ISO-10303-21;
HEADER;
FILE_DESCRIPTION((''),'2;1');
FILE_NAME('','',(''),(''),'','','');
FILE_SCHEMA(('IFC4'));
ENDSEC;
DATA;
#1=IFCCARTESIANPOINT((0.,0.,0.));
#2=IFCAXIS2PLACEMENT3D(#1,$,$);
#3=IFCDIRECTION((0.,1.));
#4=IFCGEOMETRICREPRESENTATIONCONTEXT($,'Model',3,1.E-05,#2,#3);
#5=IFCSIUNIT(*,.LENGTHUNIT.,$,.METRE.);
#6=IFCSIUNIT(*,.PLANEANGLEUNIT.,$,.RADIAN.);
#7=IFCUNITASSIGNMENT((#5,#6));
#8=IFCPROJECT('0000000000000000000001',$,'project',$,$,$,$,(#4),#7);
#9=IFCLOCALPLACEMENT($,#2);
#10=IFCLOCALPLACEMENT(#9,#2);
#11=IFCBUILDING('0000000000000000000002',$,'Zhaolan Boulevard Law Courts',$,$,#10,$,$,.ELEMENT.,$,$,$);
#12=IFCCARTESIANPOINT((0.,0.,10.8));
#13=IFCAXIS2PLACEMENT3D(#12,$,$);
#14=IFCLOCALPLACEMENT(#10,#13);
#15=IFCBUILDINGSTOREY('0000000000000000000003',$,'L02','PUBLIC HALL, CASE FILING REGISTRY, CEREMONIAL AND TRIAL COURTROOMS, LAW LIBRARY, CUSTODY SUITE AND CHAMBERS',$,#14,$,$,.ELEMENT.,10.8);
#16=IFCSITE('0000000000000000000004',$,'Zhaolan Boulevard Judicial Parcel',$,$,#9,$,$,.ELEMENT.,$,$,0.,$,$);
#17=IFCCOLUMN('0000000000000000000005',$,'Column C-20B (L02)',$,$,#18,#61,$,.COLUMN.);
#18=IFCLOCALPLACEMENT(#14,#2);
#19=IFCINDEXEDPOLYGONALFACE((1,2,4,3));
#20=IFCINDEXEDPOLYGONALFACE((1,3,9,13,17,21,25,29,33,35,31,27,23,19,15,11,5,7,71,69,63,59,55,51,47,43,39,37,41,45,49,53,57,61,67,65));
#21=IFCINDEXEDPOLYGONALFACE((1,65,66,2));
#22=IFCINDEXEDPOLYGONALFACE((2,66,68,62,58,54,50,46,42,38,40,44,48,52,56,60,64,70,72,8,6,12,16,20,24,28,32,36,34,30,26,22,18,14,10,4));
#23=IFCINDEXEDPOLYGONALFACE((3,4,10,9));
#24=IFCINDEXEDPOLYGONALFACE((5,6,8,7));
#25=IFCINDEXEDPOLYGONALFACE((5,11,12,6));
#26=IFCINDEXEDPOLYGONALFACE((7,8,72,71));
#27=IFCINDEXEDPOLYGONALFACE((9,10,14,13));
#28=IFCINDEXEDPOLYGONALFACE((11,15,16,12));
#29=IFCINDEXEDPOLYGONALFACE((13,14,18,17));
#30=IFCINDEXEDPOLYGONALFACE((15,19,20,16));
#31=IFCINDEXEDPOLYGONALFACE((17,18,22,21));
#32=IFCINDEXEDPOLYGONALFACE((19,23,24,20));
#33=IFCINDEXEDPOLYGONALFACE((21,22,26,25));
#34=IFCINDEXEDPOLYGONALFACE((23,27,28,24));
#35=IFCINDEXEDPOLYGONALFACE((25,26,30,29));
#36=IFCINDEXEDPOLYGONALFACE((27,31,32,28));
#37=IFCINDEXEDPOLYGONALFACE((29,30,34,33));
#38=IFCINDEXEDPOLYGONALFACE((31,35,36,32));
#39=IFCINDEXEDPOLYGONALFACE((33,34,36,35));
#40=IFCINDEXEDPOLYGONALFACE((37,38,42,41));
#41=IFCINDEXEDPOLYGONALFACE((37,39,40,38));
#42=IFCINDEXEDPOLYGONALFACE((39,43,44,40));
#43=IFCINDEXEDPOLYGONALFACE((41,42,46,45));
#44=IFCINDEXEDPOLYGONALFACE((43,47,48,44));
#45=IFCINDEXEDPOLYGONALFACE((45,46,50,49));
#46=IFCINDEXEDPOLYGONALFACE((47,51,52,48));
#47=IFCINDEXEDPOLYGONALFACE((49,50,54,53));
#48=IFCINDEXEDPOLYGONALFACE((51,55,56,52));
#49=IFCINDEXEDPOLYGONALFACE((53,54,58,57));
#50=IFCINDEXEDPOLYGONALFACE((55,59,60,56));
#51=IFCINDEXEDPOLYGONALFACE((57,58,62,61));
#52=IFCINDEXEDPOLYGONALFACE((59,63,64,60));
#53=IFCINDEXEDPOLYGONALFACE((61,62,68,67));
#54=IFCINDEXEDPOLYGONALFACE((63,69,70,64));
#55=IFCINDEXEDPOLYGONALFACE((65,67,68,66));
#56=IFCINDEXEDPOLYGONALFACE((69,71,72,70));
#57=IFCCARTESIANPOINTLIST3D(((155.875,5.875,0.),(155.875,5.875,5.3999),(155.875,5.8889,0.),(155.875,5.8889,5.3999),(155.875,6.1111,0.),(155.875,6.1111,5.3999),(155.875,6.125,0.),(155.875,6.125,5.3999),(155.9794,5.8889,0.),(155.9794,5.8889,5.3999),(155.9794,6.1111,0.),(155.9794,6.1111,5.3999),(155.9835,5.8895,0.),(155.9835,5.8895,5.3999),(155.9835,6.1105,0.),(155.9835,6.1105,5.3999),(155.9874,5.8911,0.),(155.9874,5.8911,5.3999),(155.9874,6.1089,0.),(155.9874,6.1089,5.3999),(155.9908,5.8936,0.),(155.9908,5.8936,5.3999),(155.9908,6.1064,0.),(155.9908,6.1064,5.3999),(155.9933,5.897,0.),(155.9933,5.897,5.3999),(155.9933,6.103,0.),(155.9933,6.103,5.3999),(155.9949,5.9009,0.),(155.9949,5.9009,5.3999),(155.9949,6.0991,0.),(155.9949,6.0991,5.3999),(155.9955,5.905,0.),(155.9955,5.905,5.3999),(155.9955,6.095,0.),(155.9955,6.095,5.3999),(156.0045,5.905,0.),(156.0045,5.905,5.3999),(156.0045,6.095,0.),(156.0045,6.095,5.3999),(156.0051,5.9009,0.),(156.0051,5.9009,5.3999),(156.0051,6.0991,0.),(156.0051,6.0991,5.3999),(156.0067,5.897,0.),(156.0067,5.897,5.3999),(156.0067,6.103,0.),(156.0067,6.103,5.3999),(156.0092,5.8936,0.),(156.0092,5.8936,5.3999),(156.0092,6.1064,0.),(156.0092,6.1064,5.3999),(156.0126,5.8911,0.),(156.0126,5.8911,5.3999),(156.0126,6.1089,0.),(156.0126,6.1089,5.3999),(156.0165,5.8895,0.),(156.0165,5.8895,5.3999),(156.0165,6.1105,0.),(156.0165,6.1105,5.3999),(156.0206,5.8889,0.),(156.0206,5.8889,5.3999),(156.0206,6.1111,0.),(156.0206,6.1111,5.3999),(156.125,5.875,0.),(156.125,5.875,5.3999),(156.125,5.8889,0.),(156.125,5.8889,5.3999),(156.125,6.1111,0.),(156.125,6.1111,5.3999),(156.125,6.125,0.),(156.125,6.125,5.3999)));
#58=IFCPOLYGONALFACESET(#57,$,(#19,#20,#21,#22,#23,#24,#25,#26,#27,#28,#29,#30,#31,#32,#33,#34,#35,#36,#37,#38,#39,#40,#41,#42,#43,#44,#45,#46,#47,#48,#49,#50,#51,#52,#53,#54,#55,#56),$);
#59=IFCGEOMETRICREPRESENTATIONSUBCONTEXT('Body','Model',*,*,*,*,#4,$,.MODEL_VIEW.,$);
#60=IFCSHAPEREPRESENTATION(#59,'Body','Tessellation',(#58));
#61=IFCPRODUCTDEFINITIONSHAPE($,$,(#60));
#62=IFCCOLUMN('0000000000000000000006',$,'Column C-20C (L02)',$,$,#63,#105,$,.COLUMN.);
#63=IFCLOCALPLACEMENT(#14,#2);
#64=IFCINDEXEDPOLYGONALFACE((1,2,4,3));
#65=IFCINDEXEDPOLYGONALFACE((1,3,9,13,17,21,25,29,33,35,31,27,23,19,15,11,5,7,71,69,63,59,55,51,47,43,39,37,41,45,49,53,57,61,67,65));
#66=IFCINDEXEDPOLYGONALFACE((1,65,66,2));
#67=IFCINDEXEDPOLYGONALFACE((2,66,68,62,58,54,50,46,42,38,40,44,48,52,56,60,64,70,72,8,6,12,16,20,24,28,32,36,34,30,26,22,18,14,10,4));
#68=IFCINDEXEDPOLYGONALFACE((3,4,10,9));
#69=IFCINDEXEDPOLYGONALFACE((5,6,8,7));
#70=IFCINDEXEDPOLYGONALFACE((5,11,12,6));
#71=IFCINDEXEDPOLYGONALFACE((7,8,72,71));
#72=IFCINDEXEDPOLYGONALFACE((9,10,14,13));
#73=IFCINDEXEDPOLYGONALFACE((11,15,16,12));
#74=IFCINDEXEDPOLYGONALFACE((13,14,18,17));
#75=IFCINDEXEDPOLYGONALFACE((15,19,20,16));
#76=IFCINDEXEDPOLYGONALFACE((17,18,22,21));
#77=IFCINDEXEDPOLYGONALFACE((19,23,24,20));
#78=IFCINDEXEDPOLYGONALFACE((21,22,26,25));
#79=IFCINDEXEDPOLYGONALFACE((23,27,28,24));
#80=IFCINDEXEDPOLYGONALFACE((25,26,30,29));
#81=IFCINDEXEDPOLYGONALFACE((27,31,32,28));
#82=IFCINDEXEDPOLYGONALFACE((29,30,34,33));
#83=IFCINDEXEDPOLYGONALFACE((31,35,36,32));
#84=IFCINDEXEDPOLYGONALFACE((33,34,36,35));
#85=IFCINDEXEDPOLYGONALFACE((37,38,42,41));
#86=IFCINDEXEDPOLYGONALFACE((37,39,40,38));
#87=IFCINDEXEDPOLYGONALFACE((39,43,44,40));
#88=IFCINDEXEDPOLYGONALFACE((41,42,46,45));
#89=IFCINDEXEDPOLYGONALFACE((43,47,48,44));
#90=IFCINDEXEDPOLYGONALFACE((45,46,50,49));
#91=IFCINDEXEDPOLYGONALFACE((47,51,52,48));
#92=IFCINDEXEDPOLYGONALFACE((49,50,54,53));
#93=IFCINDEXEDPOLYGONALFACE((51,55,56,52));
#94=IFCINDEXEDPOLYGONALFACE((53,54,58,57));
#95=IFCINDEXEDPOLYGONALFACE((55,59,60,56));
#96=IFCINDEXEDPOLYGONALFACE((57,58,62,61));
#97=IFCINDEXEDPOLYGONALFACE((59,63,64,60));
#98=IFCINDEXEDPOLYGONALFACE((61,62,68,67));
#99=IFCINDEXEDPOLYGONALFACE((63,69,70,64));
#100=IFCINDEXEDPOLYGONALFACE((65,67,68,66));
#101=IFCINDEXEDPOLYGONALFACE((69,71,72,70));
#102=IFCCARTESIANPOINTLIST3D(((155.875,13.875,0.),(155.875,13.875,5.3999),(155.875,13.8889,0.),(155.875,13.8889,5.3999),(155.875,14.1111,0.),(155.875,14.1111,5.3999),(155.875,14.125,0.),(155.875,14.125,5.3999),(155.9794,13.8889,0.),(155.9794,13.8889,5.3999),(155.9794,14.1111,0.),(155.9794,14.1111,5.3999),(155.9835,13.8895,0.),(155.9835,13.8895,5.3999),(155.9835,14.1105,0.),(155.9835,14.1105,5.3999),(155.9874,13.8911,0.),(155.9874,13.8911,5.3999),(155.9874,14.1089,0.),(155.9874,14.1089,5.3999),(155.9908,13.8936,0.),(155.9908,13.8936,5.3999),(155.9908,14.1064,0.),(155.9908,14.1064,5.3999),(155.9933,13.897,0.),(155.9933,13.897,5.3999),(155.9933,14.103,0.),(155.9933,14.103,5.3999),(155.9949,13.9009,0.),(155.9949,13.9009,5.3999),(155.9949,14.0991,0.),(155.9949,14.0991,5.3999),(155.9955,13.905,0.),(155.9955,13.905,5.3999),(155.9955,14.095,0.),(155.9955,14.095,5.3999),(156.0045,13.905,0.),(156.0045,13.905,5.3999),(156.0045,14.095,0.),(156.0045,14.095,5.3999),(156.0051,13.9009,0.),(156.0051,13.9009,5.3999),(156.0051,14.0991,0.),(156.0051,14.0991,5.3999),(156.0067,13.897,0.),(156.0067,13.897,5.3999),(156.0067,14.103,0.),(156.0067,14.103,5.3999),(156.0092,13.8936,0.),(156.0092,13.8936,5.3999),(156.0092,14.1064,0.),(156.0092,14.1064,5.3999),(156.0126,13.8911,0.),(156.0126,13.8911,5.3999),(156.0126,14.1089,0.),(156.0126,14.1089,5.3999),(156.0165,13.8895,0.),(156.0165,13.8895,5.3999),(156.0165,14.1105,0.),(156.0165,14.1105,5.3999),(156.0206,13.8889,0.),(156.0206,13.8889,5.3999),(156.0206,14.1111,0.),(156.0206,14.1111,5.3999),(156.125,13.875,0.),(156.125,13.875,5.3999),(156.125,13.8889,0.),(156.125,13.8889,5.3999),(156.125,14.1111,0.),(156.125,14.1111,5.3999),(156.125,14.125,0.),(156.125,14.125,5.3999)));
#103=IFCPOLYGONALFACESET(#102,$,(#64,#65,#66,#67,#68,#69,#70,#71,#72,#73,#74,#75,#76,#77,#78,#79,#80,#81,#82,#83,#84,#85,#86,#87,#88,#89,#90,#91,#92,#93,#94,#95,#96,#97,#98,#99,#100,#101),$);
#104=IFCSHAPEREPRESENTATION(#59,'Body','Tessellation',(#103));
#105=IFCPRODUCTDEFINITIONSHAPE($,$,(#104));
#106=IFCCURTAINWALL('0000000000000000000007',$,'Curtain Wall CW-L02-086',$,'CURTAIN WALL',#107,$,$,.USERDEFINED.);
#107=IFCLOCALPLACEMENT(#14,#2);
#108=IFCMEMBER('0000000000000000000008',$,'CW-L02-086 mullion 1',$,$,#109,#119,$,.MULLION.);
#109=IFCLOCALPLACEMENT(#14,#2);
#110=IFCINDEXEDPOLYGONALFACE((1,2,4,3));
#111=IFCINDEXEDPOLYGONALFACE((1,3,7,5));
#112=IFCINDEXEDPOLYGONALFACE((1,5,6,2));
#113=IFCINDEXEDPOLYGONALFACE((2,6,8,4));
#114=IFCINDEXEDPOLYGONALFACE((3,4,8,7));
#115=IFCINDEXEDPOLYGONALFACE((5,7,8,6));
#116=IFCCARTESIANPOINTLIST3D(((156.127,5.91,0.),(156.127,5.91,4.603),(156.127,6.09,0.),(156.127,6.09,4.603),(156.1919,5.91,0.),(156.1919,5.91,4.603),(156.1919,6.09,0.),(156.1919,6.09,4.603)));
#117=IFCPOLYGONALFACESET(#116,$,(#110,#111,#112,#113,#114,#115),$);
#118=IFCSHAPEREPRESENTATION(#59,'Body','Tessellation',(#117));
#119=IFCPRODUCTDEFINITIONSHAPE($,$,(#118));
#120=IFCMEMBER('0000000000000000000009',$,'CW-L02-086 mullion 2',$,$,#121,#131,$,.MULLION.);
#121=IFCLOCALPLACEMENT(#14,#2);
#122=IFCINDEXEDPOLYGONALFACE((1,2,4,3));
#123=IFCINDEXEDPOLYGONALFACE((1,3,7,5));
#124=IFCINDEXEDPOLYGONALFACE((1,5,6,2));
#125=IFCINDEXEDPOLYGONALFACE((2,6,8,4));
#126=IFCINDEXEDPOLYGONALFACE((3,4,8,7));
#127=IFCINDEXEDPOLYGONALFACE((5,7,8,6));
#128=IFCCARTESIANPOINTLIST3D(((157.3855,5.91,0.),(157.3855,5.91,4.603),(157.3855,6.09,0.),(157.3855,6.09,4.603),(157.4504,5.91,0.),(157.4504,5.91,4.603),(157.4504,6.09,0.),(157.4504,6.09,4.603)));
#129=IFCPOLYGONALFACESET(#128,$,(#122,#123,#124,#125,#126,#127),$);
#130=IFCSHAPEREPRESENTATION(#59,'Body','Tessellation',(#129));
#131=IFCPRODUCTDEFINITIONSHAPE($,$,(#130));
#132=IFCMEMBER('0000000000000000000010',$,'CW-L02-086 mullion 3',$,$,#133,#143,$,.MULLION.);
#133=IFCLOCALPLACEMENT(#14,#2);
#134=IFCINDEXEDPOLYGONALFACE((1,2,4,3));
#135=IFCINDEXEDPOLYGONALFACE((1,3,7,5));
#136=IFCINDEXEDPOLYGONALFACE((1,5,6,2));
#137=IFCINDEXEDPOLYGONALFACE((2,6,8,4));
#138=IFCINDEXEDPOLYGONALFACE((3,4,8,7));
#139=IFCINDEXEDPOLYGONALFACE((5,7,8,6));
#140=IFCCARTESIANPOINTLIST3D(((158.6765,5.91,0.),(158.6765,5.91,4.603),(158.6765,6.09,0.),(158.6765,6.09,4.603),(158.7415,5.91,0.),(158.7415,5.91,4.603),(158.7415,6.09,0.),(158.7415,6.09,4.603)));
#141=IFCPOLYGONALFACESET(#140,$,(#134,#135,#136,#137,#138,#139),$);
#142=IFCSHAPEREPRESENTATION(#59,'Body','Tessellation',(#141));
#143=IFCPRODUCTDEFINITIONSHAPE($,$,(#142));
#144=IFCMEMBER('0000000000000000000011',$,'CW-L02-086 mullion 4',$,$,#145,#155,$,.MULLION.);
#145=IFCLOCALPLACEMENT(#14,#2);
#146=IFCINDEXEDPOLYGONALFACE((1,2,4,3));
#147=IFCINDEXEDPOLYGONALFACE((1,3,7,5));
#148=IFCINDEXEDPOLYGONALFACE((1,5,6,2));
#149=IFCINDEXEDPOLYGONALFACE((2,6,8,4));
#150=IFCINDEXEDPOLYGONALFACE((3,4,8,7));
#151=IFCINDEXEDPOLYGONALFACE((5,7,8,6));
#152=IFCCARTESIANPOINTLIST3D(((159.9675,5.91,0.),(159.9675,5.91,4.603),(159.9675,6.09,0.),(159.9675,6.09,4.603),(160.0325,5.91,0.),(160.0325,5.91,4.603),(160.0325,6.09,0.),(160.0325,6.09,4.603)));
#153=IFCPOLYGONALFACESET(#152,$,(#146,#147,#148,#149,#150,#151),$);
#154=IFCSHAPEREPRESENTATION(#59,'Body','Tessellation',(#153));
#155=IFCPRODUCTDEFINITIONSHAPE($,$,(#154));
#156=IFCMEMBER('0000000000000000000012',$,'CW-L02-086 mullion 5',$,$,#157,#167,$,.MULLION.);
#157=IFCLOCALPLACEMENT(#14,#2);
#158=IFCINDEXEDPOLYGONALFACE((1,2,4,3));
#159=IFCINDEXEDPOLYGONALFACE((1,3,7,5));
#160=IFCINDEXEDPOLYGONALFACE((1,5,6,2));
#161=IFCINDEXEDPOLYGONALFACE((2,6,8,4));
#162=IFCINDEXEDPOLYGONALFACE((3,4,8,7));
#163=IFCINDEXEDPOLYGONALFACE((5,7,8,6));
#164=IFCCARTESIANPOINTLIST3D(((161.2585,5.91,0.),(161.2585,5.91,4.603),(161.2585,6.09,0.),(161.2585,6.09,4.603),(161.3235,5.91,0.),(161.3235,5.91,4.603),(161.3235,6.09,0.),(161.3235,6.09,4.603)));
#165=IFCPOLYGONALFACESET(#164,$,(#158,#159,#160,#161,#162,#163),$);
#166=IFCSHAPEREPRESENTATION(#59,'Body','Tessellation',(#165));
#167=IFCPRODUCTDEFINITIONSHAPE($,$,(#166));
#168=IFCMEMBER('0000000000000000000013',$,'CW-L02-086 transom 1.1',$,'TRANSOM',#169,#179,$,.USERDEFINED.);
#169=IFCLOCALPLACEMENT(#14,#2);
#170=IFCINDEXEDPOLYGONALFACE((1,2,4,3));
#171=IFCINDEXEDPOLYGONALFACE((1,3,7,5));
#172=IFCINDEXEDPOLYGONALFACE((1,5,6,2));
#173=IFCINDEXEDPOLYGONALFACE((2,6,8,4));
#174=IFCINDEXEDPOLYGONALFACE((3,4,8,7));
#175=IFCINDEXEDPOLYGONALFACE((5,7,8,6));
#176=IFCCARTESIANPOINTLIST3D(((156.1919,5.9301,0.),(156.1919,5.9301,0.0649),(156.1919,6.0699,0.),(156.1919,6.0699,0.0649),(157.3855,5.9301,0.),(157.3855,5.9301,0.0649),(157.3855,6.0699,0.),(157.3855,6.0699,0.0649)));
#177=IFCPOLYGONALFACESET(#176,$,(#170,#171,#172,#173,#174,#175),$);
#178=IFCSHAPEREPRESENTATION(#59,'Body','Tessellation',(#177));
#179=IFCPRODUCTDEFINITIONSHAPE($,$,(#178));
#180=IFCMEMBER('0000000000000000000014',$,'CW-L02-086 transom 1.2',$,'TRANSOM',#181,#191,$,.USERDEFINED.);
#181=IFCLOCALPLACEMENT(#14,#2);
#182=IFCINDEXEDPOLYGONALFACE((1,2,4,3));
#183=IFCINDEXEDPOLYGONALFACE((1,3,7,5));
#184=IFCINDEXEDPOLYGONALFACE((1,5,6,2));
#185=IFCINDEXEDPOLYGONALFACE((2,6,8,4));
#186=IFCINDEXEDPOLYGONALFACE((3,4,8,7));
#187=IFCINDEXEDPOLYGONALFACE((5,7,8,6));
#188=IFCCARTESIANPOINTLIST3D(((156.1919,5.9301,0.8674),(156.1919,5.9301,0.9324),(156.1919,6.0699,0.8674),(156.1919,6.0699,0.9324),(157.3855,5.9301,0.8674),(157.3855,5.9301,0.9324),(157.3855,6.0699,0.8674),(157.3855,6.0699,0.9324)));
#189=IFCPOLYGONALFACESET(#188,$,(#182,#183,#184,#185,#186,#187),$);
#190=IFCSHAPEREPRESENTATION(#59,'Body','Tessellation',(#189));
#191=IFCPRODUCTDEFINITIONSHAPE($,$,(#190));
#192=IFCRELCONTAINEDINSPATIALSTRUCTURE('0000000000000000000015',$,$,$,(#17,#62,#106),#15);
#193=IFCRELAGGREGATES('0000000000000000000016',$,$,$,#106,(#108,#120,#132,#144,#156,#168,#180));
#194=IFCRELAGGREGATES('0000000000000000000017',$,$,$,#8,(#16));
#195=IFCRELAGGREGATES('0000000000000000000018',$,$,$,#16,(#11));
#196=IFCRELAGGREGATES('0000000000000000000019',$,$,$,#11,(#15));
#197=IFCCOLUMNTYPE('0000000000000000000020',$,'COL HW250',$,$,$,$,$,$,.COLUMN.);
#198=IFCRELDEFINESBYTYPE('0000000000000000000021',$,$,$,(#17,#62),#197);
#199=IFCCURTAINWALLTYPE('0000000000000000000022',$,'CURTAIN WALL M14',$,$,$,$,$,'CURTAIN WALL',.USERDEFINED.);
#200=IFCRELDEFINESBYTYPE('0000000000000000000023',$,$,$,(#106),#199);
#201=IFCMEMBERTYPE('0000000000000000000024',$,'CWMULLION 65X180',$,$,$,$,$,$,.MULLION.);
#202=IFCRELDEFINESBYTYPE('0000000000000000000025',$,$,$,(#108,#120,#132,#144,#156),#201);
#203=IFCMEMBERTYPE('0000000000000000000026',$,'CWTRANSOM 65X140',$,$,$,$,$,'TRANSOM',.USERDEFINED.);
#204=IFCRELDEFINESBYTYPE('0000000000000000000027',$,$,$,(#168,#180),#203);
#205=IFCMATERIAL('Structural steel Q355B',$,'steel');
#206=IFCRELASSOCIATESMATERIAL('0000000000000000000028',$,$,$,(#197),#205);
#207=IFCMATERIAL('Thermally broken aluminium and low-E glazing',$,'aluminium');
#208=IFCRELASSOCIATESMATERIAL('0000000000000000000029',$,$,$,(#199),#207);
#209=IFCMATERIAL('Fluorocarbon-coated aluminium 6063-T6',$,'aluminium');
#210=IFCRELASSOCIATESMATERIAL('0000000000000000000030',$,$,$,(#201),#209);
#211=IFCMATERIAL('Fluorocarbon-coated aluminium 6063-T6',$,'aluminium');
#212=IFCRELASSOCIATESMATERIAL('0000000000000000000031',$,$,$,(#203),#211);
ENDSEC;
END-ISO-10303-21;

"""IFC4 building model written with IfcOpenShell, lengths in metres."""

from ifc_helpers import new_model, si_unit, direction, frame, origin, origin_2d, place, context, subcontext, project, spatial, rectangle, i_section, extrude, material, material_profile, profile_set, type_object, element, aggregate, save


model = new_model("IFC4")

# Units and contexts
model_context = context("Model", 3, precision=1e-05, world=origin(), true_north=direction((0.0, 1.0)))
body_context = subcontext(model_context, "Body", "Model", "MODEL_VIEW")
ifc_project = project(units=[si_unit("LENGTHUNIT", "METRE"), si_unit("PLANEANGLEUNIT", "RADIAN")], contexts=[model_context])

# Site, building, storey
site_placement = place(None, origin())
site = spatial("IfcSite", under=ifc_project, at=site_placement, Name="Zhaolan Boulevard Judicial Parcel", CompositionType="ELEMENT", RefElevation=0.0)
building_placement = place(site_placement, origin())
building = spatial("IfcBuilding", under=site, at=building_placement, Name="Zhaolan Boulevard Law Courts", CompositionType="ELEMENT")
storey_placement = place(building_placement, frame((0.0, 0.0, 10.8)))
storey = spatial("IfcBuildingStorey", under=building, at=storey_placement, Name="L02", Description="PUBLIC HALL, CASE FILING REGISTRY, CEREMONIAL AND TRIAL COURTROOMS, LAW LIBRARY, CUSTODY SUITE AND CHAMBERS", CompositionType="ELEMENT", Elevation=10.8)

# Columns
ifc_material_1 = material(Name="Structural steel Q355B", Category="steel")
ifc_material_profile_1 = material_profile(ifc_material_1, i_section(OverallWidth=0.25, OverallDepth=0.25, WebThickness=0.009, FlangeThickness=0.0139, FilletRadius=0.0161, at=origin_2d()), Name="HW250x250")
ifc_profile_set_1 = profile_set([ifc_material_profile_1], Name="Structural steel Q355B")
column_type = type_object("IfcColumnType", Name="COL HW250", PredefinedType="COLUMN", material=ifc_profile_set_1)
for number, where, z_axis, x_axis, name in (
    (1, (156.0, 6.0, 0.0), (0.0, 0.0, 1.0), (1.0, 0.0, 0.0), "Column C-20B (L02)"),
    (2, (156.0, 14.0, 0.0), (0.0, 0.0, 1.0), (1.0, 0.0, 0.0), "Column C-20C (L02)"),
):
    element("IfcColumn", number, at=place(storey_placement, frame(where, z_axis=z_axis, x_axis=x_axis)), inside=storey, type_object=column_type, Name=name, PredefinedType="COLUMN", context=body_context, shape_type="SweptSolid", body=[
        extrude(i_section(OverallWidth=0.25, OverallDepth=0.25, WebThickness=0.009, FlangeThickness=0.0139, FilletRadius=0.0161, at=origin_2d()), origin(), (0.0, 0.0, 1.0), 5.3999),
    ])

# Curtain wall, members
ifc_material_2 = material(Name="Thermally broken aluminium and low-E glazing", Category="aluminium")
curtain_wall_type = type_object("IfcCurtainWallType", Name="CURTAIN WALL M14", ElementType="CURTAIN WALL", PredefinedType="USERDEFINED", material=ifc_material_2)
curtain_wall_placement = place(storey_placement, origin())
curtain_wall = element("IfcCurtainWall", 3, at=curtain_wall_placement, inside=storey, type_object=curtain_wall_type, Name="Curtain Wall CW-L02-086", ObjectType="CURTAIN WALL", PredefinedType="USERDEFINED")
ifc_material_3 = material(Name="Fluorocarbon-coated aluminium 6063-T6", Category="aluminium")
ifc_material_profile_2 = material_profile(ifc_material_3, rectangle(XDim=0.1799, YDim=0.0649, at=origin_2d()), Name="AL65x180")
ifc_profile_set_2 = profile_set([ifc_material_profile_2], Name="Fluorocarbon-coated aluminium 6063-T6")
member_type_1 = type_object("IfcMemberType", Name="CWMULLION 65X180", PredefinedType="MULLION", material=ifc_profile_set_2)
member_1_placement = place(storey_placement, frame((156.1594, 6.0, 0.0), z_axis=(0.0, 0.0, 1.0), x_axis=(0.0, 1.0, 0.0)))
member_1 = element("IfcMember", 4, at=member_1_placement, type_object=member_type_1, Name="CW-L02-086 mullion 1", PredefinedType="MULLION", context=body_context, shape_type="SweptSolid", body=[
    extrude(rectangle(XDim=0.1799, YDim=0.0649, at=origin_2d()), origin(), (0.0, 0.0, 1.0), 4.603),
])
member_2_placement = place(storey_placement, frame((157.418, 6.0, 0.0), z_axis=(0.0, 0.0, 1.0), x_axis=(0.0, 1.0, 0.0)))
member_2 = element("IfcMember", 5, at=member_2_placement, type_object=member_type_1, Name="CW-L02-086 mullion 2", PredefinedType="MULLION", context=body_context, shape_type="SweptSolid", body=[
    extrude(rectangle(XDim=0.1799, YDim=0.0649, at=origin_2d()), origin(), (0.0, 0.0, 1.0), 4.603),
])
member_3_placement = place(storey_placement, frame((158.709, 6.0, 0.0), z_axis=(0.0, 0.0, 1.0), x_axis=(0.0, 1.0, 0.0)))
member_3 = element("IfcMember", 6, at=member_3_placement, type_object=member_type_1, Name="CW-L02-086 mullion 3", PredefinedType="MULLION", context=body_context, shape_type="SweptSolid", body=[
    extrude(rectangle(XDim=0.1799, YDim=0.0649, at=origin_2d()), origin(), (0.0, 0.0, 1.0), 4.603),
])
member_4_placement = place(storey_placement, frame((160.0, 6.0, 0.0), z_axis=(0.0, 0.0, 1.0), x_axis=(0.0, 1.0, 0.0)))
member_4 = element("IfcMember", 7, at=member_4_placement, type_object=member_type_1, Name="CW-L02-086 mullion 4", PredefinedType="MULLION", context=body_context, shape_type="SweptSolid", body=[
    extrude(rectangle(XDim=0.1799, YDim=0.0649, at=origin_2d()), origin(), (0.0, 0.0, 1.0), 4.603),
])
member_5_placement = place(storey_placement, frame((161.291, 6.0, 0.0), z_axis=(0.0, 0.0, 1.0), x_axis=(0.0, 1.0, 0.0)))
member_5 = element("IfcMember", 8, at=member_5_placement, type_object=member_type_1, Name="CW-L02-086 mullion 5", PredefinedType="MULLION", context=body_context, shape_type="SweptSolid", body=[
    extrude(rectangle(XDim=0.1799, YDim=0.0649, at=origin_2d()), origin(), (0.0, 0.0, 1.0), 4.603),
])
ifc_material_4 = material(Name="Fluorocarbon-coated aluminium 6063-T6", Category="aluminium")
ifc_material_profile_3 = material_profile(ifc_material_4, rectangle(XDim=0.1399, YDim=0.0649, at=origin_2d()), Name="AL65x140")
ifc_profile_set_3 = profile_set([ifc_material_profile_3], Name="Fluorocarbon-coated aluminium 6063-T6")
member_type_2 = type_object("IfcMemberType", Name="CWTRANSOM 65X140", ElementType="TRANSOM", PredefinedType="USERDEFINED", material=ifc_profile_set_3)
member_6_placement = place(storey_placement, frame((156.1919, 6.0, 0.0325), z_axis=(1.0, 0.0, 0.0), x_axis=(0.0, 1.0, 0.0)))
member_6 = element("IfcMember", 9, at=member_6_placement, type_object=member_type_2, Name="CW-L02-086 transom 1.1", ObjectType="TRANSOM", PredefinedType="USERDEFINED", context=body_context, shape_type="SweptSolid", body=[
    extrude(rectangle(XDim=0.1399, YDim=0.0649, at=origin_2d()), origin(), (0.0, 0.0, 1.0), 1.1936),
])
member_7_placement = place(storey_placement, frame((156.1919, 6.0, 0.8999), z_axis=(1.0, 0.0, 0.0), x_axis=(0.0, 1.0, 0.0)))
member_7 = element("IfcMember", 10, at=member_7_placement, type_object=member_type_2, Name="CW-L02-086 transom 1.2", ObjectType="TRANSOM", PredefinedType="USERDEFINED", context=body_context, shape_type="SweptSolid", body=[
    extrude(rectangle(XDim=0.1399, YDim=0.0649, at=origin_2d()), origin(), (0.0, 0.0, 1.0), 1.1936),
])
aggregate(curtain_wall, [member_1, member_2, member_3, member_4, member_5, member_6, member_7])

save(model, "model.ifc")
